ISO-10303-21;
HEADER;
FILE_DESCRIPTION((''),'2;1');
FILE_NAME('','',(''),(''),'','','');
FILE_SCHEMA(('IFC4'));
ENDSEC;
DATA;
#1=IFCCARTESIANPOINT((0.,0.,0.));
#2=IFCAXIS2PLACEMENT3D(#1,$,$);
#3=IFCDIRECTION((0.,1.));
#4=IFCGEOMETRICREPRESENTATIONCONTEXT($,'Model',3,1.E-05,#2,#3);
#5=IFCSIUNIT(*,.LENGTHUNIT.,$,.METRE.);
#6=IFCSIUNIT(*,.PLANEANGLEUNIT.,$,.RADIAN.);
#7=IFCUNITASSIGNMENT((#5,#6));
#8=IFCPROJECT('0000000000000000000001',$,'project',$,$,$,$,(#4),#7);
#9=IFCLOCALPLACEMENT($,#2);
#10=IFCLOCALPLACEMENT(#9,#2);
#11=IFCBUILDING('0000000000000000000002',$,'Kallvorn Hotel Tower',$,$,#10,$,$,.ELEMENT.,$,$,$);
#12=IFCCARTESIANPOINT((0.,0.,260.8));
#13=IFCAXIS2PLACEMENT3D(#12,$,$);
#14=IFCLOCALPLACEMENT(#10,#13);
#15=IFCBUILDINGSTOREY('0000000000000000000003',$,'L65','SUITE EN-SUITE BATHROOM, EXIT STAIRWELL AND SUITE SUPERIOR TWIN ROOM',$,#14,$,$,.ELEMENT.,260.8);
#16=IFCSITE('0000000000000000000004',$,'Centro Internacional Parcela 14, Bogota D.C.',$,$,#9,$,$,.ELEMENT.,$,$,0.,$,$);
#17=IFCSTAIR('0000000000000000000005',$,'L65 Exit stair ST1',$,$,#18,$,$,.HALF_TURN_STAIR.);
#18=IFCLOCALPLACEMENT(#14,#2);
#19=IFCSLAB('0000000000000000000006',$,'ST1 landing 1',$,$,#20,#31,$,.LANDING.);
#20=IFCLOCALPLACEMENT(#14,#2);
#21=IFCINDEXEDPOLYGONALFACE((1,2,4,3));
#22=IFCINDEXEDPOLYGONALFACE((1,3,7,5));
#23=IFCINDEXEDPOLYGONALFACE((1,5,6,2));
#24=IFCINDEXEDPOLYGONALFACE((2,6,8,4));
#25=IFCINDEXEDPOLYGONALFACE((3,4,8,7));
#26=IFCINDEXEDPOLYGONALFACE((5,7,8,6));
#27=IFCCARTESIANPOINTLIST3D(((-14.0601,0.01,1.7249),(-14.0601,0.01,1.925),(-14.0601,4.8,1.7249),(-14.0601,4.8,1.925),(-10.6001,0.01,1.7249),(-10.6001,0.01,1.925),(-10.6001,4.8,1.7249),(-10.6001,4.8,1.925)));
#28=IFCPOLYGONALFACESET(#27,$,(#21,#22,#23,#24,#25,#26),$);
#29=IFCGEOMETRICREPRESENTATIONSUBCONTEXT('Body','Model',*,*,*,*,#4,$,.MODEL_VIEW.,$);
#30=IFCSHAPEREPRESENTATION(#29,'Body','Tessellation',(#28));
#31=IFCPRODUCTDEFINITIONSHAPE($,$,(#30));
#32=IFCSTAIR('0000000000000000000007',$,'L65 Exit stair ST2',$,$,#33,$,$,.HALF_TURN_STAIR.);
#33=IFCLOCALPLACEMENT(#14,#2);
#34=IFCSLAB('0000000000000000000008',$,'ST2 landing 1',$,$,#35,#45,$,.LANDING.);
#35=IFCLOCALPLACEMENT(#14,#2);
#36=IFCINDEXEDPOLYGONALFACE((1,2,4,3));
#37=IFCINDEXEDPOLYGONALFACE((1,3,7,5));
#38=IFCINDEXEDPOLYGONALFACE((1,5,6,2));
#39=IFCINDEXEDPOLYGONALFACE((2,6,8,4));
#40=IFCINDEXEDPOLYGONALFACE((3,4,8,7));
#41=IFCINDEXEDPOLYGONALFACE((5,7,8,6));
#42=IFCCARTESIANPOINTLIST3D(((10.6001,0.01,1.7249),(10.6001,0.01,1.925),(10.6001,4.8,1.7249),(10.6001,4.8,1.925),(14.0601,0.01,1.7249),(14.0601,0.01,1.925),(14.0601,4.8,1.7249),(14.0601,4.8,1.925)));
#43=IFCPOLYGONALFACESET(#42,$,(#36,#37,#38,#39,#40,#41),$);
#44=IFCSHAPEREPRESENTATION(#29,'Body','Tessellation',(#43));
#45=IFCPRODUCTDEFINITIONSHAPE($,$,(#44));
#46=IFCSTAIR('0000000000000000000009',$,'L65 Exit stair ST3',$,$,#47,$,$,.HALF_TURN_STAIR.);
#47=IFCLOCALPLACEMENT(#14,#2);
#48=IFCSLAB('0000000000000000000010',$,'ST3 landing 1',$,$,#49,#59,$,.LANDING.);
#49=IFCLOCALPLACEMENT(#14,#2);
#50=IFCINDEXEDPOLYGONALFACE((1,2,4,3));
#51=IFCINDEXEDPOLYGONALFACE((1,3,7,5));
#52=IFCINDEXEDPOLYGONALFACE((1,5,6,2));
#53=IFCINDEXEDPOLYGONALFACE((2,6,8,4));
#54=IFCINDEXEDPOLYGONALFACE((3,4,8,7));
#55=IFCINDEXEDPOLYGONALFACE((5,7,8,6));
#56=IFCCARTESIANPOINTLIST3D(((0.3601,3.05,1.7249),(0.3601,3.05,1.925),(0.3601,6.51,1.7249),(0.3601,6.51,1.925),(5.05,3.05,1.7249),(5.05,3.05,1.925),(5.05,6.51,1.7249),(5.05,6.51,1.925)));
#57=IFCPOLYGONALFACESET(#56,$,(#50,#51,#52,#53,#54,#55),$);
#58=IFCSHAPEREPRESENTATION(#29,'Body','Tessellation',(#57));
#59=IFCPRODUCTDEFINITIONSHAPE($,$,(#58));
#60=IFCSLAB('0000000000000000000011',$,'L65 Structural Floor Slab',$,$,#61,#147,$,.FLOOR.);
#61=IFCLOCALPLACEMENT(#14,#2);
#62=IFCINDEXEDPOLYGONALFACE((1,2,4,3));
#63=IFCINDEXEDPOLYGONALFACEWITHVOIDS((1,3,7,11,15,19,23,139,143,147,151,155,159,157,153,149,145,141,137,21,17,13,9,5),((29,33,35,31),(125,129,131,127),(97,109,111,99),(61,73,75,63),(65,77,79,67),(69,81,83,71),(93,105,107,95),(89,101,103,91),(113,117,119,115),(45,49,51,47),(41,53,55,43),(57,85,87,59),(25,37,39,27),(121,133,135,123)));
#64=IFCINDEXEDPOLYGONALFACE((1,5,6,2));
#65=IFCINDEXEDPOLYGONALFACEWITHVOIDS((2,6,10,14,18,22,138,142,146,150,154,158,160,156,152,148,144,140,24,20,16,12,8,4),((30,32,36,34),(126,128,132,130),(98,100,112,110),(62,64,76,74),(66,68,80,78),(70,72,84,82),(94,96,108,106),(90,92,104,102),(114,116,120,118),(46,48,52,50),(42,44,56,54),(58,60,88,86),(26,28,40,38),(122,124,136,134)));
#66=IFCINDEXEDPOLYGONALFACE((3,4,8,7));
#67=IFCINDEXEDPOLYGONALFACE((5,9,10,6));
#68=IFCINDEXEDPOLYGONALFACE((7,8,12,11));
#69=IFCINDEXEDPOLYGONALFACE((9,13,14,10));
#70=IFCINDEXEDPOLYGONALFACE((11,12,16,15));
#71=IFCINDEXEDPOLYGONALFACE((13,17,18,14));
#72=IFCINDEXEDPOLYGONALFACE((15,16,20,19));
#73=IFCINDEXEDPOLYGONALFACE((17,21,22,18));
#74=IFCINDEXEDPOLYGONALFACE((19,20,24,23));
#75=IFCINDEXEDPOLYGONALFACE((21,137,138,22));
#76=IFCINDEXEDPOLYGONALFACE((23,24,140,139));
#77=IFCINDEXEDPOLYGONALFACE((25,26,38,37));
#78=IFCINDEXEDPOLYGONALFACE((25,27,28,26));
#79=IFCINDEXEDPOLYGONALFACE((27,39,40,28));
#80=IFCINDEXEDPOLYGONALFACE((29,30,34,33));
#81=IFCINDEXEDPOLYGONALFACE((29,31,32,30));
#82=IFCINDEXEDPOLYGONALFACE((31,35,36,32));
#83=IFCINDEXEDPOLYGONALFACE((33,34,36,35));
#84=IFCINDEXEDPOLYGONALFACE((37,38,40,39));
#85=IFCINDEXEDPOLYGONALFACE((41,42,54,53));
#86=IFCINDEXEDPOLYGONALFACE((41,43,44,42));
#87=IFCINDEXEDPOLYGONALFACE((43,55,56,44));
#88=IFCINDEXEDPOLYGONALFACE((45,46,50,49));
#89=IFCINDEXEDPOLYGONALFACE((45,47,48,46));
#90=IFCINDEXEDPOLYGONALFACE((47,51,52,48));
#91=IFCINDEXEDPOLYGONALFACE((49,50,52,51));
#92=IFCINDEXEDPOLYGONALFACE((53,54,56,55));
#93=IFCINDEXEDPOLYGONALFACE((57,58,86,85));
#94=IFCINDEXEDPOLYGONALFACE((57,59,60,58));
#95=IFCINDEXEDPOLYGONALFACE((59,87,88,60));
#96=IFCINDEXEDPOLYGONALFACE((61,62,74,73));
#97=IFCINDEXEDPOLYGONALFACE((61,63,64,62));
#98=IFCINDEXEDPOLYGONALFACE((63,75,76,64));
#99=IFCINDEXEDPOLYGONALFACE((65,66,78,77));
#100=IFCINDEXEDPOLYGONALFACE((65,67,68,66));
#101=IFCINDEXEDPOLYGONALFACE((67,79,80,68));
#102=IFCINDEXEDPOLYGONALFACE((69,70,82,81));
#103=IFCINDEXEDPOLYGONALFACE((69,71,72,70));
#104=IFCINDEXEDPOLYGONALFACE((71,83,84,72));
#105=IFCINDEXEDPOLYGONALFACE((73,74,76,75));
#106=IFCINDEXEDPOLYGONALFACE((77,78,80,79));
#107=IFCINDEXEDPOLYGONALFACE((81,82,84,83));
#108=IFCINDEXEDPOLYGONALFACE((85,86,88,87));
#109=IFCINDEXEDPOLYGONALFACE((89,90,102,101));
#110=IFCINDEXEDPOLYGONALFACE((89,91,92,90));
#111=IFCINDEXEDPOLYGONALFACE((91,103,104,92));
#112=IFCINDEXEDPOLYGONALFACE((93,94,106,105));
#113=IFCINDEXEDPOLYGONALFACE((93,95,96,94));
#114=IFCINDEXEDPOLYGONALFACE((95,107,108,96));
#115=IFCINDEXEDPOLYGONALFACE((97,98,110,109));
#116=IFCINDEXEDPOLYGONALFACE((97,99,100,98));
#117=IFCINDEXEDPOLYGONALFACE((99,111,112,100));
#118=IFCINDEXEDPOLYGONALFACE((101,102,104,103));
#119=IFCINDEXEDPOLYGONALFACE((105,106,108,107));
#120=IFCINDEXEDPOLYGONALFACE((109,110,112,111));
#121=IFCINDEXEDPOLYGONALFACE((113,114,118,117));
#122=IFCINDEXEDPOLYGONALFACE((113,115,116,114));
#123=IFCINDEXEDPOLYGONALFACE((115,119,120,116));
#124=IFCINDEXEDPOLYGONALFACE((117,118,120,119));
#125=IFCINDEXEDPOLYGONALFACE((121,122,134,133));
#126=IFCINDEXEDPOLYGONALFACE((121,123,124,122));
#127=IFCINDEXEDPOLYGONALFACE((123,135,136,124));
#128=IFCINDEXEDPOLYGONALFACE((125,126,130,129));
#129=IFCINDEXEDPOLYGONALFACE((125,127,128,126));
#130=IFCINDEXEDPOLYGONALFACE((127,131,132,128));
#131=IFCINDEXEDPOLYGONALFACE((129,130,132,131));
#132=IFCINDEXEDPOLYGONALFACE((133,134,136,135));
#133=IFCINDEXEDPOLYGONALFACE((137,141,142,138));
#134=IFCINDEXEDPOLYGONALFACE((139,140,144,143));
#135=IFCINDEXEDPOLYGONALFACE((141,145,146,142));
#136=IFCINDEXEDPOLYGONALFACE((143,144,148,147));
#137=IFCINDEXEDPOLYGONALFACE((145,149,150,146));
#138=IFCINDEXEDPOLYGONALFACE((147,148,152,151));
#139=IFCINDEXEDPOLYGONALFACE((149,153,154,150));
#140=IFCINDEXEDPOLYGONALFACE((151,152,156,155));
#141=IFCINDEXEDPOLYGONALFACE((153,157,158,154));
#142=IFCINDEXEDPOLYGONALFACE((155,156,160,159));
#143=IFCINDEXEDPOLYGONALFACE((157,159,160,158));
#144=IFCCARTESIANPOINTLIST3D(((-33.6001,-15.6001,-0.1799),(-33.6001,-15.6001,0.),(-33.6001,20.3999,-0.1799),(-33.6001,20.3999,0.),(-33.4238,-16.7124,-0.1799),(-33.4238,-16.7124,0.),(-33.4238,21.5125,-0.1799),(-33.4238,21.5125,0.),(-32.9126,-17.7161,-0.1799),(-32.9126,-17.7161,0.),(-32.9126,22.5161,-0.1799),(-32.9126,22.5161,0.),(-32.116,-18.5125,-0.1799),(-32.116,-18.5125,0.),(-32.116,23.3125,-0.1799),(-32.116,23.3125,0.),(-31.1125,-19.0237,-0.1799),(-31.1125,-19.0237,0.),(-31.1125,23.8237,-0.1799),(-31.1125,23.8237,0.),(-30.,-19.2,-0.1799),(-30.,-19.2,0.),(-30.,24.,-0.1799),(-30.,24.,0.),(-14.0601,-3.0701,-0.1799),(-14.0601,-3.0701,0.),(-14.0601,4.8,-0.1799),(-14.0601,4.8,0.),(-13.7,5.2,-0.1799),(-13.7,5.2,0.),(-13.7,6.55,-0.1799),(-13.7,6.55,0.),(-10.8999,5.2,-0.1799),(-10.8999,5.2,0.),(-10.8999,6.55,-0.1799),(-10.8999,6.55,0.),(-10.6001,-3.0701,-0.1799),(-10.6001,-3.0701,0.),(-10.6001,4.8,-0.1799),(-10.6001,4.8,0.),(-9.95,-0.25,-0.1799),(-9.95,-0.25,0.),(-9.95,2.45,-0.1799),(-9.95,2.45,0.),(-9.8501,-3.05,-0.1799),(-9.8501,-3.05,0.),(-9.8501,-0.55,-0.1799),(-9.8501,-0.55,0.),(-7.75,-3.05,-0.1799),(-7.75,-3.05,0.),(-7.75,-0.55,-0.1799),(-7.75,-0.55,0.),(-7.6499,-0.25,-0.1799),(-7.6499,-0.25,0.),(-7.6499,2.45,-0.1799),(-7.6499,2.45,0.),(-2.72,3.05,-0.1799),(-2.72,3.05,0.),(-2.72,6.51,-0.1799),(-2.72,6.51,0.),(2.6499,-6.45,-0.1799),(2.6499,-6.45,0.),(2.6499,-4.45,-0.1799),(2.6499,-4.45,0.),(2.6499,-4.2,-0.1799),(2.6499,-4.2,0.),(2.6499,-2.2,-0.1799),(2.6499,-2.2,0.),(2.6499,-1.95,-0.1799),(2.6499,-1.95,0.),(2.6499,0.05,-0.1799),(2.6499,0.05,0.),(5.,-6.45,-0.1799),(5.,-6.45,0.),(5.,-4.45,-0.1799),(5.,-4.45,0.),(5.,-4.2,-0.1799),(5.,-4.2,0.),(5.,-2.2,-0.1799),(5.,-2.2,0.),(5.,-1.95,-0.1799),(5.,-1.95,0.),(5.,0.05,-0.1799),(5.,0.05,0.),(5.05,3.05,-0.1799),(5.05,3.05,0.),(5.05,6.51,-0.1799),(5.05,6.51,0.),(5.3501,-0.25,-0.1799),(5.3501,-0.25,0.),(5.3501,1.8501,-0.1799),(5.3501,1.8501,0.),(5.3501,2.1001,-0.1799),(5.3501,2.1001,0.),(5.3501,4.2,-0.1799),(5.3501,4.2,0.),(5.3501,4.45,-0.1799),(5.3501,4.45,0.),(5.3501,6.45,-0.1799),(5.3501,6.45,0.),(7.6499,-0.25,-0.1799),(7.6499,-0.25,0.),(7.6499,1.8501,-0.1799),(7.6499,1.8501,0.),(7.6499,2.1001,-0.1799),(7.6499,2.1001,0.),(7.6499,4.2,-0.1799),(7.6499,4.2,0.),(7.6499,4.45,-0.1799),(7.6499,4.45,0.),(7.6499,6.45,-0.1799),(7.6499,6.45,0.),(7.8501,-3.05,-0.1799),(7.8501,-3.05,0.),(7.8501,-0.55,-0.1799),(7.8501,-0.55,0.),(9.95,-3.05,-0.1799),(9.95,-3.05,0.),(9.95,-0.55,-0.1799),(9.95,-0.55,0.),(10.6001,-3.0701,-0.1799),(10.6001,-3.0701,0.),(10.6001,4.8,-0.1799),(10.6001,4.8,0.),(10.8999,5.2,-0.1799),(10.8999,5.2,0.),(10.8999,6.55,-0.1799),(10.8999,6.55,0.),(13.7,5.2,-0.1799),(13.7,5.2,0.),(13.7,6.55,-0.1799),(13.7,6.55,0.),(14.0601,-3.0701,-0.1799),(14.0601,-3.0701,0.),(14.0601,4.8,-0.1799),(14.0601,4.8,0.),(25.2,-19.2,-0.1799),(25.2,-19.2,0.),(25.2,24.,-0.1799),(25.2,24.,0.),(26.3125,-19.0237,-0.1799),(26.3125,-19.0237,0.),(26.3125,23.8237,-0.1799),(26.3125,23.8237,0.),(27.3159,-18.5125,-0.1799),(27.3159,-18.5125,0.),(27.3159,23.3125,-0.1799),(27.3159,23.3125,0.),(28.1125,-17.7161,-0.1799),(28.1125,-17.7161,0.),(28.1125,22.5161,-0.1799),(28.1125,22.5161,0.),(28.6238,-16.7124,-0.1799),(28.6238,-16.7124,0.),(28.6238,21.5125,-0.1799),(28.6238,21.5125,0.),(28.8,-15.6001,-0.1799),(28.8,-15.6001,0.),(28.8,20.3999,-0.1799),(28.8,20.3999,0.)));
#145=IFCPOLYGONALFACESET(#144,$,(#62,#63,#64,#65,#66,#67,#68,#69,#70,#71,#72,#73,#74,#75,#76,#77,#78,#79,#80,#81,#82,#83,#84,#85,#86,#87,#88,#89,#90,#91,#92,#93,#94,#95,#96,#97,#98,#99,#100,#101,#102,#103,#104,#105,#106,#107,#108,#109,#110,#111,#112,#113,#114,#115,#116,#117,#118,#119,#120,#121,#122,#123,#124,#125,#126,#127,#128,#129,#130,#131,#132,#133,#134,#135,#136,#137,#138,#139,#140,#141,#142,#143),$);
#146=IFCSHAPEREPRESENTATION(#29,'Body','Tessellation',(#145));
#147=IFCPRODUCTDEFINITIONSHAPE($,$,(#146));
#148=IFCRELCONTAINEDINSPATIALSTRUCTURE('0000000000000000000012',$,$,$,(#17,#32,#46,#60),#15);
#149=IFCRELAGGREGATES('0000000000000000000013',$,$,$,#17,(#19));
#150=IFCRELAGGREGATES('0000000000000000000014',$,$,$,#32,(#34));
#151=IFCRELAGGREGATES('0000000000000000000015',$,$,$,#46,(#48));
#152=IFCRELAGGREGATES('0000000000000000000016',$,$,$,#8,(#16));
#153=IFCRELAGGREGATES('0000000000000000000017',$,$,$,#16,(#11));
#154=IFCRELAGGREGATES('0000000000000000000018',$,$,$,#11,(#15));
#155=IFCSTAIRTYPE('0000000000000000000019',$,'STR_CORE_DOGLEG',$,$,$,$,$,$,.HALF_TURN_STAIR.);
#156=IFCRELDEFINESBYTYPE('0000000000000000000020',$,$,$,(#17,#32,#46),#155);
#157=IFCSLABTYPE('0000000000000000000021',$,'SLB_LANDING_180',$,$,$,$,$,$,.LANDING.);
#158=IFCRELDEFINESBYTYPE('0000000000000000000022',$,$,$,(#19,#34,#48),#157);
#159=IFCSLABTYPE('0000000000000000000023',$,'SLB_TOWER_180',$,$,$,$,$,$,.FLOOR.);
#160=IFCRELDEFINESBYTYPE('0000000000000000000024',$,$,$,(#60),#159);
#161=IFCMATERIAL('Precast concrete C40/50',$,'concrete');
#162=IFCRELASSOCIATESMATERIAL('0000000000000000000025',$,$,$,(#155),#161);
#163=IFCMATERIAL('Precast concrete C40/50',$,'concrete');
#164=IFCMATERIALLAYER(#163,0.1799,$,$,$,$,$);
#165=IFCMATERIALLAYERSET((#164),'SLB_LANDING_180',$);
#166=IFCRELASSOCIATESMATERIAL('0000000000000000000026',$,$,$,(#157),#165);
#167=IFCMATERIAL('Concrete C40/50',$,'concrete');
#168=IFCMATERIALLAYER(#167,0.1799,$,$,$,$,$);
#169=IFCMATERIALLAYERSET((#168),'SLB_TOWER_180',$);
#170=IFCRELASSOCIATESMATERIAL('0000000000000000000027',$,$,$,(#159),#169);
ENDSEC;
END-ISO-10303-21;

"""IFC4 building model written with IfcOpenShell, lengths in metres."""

from ifc_helpers import new_model, si_unit, direction, frame, origin, place, context, subcontext, project, spatial, polyline, outline, extrude, material, layer, layer_set, type_object, element, aggregate, save


model = new_model("IFC4")

# Units and contexts
model_context = context("Model", 3, precision=1e-05, world=origin(), true_north=direction((0.0, 1.0)))
body_context = subcontext(model_context, "Body", "Model", "MODEL_VIEW")
ifc_project = project(units=[si_unit("LENGTHUNIT", "METRE"), si_unit("PLANEANGLEUNIT", "RADIAN")], contexts=[model_context])

# Site, building, storey
site_placement = place(None, origin())
site = spatial("IfcSite", under=ifc_project, at=site_placement, Name="Centro Internacional Parcela 14, Bogota D.C.", CompositionType="ELEMENT", RefElevation=0.0)
building_placement = place(site_placement, origin())
building = spatial("IfcBuilding", under=site, at=building_placement, Name="Kallvorn Hotel Tower", CompositionType="ELEMENT")
storey_placement = place(building_placement, frame((0.0, 0.0, 260.8)))
storey = spatial("IfcBuildingStorey", under=building, at=storey_placement, Name="L65", Description="SUITE EN-SUITE BATHROOM, EXIT STAIRWELL AND SUITE SUPERIOR TWIN ROOM", CompositionType="ELEMENT", Elevation=260.8)

# Stairs, slabs
ifc_material_1 = material(Name="Precast concrete C40/50", Category="concrete")
stair_type = type_object("IfcStairType", Name="STR_CORE_DOGLEG", PredefinedType="HALF_TURN_STAIR", material=ifc_material_1)
stair_1_placement = place(storey_placement, origin())
stair_1 = element("IfcStair", 1, at=stair_1_placement, inside=storey, type_object=stair_type, Name="L65 Exit stair ST1", PredefinedType="HALF_TURN_STAIR")
ifc_material_2 = material(Name="Precast concrete C40/50", Category="concrete")
ifc_layer_1 = layer(ifc_material_2, 0.1799)
ifc_layer_set_1 = layer_set([ifc_layer_1], Name="SLB_LANDING_180")
slab_type_1 = type_object("IfcSlabType", Name="SLB_LANDING_180", PredefinedType="LANDING", material=ifc_layer_set_1)
slab_1_placement = place(storey_placement, frame((0.0, 0.0, 1.7249)))
slab_1 = element("IfcSlab", 2, at=slab_1_placement, type_object=slab_type_1, Name="ST1 landing 1", PredefinedType="LANDING", context=body_context, shape_type="SweptSolid", body=[
    extrude(outline(polyline([(-10.6001, 0.01), (-10.6001, 4.8), (-14.0601, 4.8), (-14.0601, 0.01), (-10.6001, 0.01)])), origin(), (0.0, 0.0, 1.0), 0.2002),
])
aggregate(stair_1, [slab_1])
stair_2_placement = place(storey_placement, origin())
stair_2 = element("IfcStair", 3, at=stair_2_placement, inside=storey, type_object=stair_type, Name="L65 Exit stair ST2", PredefinedType="HALF_TURN_STAIR")
slab_2_placement = place(storey_placement, frame((0.0, 0.0, 1.7249)))
slab_2 = element("IfcSlab", 4, at=slab_2_placement, type_object=slab_type_1, Name="ST2 landing 1", PredefinedType="LANDING", context=body_context, shape_type="SweptSolid", body=[
    extrude(outline(polyline([(14.0601, 0.01), (14.0601, 4.8), (10.6001, 4.8), (10.6001, 0.01), (14.0601, 0.01)])), origin(), (0.0, 0.0, 1.0), 0.2002),
])
aggregate(stair_2, [slab_2])
stair_3_placement = place(storey_placement, origin())
stair_3 = element("IfcStair", 5, at=stair_3_placement, inside=storey, type_object=stair_type, Name="L65 Exit stair ST3", PredefinedType="HALF_TURN_STAIR")
slab_3_placement = place(storey_placement, frame((0.0, 0.0, 1.7249)))
slab_3 = element("IfcSlab", 6, at=slab_3_placement, type_object=slab_type_1, Name="ST3 landing 1", PredefinedType="LANDING", context=body_context, shape_type="SweptSolid", body=[
    extrude(outline(polyline([(0.3601, 3.05), (5.05, 3.05), (5.05, 6.51), (0.3601, 6.51), (0.3601, 3.05)])), origin(), (0.0, 0.0, 1.0), 0.2002),
])
aggregate(stair_3, [slab_3])

# Slab
ifc_material_3 = material(Name="Concrete C40/50", Category="concrete")
ifc_layer_2 = layer(ifc_material_3, 0.1799)
ifc_layer_set_2 = layer_set([ifc_layer_2], Name="SLB_TOWER_180")
slab_type_2 = type_object("IfcSlabType", Name="SLB_TOWER_180", PredefinedType="FLOOR", material=ifc_layer_set_2)
slab_4_placement = place(storey_placement, frame((0.0, 0.0, -0.1799)))
element("IfcSlab", 7, at=slab_4_placement, inside=storey, type_object=slab_type_2, Name="L65 Structural Floor Slab", PredefinedType="FLOOR", context=body_context, shape_type="SweptSolid", body=[
    extrude(outline(polyline([(25.2, -19.2), (26.3125, -19.0237), (27.3159, -18.5125), (28.1125, -17.7161), (28.6238, -16.7124), (28.8, -15.6001), (28.8, 20.3999), (28.6238, 21.5125), (28.1125, 22.5161), (27.3159, 23.3125), (26.3125, 23.8237), (25.2, 24.0), (-30.0, 24.0), (-31.1125, 23.8237), (-32.116, 23.3125), (-32.9126, 22.5161), (-33.4238, 21.5125), (-33.6001, 20.3999), (-33.6001, -15.6001), (-33.4238, -16.7124), (-32.9126, -17.7161), (-32.116, -18.5125), (-31.1125, -19.0237), (-30.0, -19.2), (25.2, -19.2)]), holes=[polyline([(-10.6001, -3.0701), (-10.6001, 4.8), (-14.0601, 4.8), (-14.0601, -3.0701), (-10.6001, -3.0701)]), polyline([(14.0601, -3.0701), (14.0601, 4.8), (10.6001, 4.8), (10.6001, -3.0701), (14.0601, -3.0701)]), polyline([(-2.72, 3.05), (5.05, 3.05), (5.05, 6.51), (-2.72, 6.51), (-2.72, 3.05)]), polyline([(2.6499, -6.45), (5.0, -6.45), (5.0, -4.45), (2.6499, -4.45), (2.6499, -6.45)]), polyline([(2.6499, -4.2), (5.0, -4.2), (5.0, -2.2), (2.6499, -2.2), (2.6499, -4.2)]), polyline([(2.6499, -1.95), (5.0, -1.95), (5.0, 0.05), (2.6499, 0.05), (2.6499, -1.95)]), polyline([(5.3501, -0.25), (7.6499, -0.25), (7.6499, 1.8501), (5.3501, 1.8501), (5.3501, -0.25)]), polyline([(5.3501, 2.1001), (7.6499, 2.1001), (7.6499, 4.2), (5.3501, 4.2), (5.3501, 2.1001)]), polyline([(5.3501, 4.45), (7.6499, 4.45), (7.6499, 6.45), (5.3501, 6.45), (5.3501, 4.45)]), polyline([(-9.8501, -3.05), (-7.75, -3.05), (-7.75, -0.55), (-9.8501, -0.55), (-9.8501, -3.05)]), polyline([(7.8501, -3.05), (9.95, -3.05), (9.95, -0.55), (7.8501, -0.55), (7.8501, -3.05)]), polyline([(-9.95, -0.25), (-7.6499, -0.25), (-7.6499, 2.45), (-9.95, 2.45), (-9.95, -0.25)]), polyline([(-13.7, 5.2), (-10.8999, 5.2), (-10.8999, 6.55), (-13.7, 6.55), (-13.7, 5.2)]), polyline([(10.8999, 5.2), (13.7, 5.2), (13.7, 6.55), (10.8999, 6.55), (10.8999, 5.2)])]), origin(), (0.0, 0.0, 1.0), 0.1799),
])

save(model, "model.ifc")
